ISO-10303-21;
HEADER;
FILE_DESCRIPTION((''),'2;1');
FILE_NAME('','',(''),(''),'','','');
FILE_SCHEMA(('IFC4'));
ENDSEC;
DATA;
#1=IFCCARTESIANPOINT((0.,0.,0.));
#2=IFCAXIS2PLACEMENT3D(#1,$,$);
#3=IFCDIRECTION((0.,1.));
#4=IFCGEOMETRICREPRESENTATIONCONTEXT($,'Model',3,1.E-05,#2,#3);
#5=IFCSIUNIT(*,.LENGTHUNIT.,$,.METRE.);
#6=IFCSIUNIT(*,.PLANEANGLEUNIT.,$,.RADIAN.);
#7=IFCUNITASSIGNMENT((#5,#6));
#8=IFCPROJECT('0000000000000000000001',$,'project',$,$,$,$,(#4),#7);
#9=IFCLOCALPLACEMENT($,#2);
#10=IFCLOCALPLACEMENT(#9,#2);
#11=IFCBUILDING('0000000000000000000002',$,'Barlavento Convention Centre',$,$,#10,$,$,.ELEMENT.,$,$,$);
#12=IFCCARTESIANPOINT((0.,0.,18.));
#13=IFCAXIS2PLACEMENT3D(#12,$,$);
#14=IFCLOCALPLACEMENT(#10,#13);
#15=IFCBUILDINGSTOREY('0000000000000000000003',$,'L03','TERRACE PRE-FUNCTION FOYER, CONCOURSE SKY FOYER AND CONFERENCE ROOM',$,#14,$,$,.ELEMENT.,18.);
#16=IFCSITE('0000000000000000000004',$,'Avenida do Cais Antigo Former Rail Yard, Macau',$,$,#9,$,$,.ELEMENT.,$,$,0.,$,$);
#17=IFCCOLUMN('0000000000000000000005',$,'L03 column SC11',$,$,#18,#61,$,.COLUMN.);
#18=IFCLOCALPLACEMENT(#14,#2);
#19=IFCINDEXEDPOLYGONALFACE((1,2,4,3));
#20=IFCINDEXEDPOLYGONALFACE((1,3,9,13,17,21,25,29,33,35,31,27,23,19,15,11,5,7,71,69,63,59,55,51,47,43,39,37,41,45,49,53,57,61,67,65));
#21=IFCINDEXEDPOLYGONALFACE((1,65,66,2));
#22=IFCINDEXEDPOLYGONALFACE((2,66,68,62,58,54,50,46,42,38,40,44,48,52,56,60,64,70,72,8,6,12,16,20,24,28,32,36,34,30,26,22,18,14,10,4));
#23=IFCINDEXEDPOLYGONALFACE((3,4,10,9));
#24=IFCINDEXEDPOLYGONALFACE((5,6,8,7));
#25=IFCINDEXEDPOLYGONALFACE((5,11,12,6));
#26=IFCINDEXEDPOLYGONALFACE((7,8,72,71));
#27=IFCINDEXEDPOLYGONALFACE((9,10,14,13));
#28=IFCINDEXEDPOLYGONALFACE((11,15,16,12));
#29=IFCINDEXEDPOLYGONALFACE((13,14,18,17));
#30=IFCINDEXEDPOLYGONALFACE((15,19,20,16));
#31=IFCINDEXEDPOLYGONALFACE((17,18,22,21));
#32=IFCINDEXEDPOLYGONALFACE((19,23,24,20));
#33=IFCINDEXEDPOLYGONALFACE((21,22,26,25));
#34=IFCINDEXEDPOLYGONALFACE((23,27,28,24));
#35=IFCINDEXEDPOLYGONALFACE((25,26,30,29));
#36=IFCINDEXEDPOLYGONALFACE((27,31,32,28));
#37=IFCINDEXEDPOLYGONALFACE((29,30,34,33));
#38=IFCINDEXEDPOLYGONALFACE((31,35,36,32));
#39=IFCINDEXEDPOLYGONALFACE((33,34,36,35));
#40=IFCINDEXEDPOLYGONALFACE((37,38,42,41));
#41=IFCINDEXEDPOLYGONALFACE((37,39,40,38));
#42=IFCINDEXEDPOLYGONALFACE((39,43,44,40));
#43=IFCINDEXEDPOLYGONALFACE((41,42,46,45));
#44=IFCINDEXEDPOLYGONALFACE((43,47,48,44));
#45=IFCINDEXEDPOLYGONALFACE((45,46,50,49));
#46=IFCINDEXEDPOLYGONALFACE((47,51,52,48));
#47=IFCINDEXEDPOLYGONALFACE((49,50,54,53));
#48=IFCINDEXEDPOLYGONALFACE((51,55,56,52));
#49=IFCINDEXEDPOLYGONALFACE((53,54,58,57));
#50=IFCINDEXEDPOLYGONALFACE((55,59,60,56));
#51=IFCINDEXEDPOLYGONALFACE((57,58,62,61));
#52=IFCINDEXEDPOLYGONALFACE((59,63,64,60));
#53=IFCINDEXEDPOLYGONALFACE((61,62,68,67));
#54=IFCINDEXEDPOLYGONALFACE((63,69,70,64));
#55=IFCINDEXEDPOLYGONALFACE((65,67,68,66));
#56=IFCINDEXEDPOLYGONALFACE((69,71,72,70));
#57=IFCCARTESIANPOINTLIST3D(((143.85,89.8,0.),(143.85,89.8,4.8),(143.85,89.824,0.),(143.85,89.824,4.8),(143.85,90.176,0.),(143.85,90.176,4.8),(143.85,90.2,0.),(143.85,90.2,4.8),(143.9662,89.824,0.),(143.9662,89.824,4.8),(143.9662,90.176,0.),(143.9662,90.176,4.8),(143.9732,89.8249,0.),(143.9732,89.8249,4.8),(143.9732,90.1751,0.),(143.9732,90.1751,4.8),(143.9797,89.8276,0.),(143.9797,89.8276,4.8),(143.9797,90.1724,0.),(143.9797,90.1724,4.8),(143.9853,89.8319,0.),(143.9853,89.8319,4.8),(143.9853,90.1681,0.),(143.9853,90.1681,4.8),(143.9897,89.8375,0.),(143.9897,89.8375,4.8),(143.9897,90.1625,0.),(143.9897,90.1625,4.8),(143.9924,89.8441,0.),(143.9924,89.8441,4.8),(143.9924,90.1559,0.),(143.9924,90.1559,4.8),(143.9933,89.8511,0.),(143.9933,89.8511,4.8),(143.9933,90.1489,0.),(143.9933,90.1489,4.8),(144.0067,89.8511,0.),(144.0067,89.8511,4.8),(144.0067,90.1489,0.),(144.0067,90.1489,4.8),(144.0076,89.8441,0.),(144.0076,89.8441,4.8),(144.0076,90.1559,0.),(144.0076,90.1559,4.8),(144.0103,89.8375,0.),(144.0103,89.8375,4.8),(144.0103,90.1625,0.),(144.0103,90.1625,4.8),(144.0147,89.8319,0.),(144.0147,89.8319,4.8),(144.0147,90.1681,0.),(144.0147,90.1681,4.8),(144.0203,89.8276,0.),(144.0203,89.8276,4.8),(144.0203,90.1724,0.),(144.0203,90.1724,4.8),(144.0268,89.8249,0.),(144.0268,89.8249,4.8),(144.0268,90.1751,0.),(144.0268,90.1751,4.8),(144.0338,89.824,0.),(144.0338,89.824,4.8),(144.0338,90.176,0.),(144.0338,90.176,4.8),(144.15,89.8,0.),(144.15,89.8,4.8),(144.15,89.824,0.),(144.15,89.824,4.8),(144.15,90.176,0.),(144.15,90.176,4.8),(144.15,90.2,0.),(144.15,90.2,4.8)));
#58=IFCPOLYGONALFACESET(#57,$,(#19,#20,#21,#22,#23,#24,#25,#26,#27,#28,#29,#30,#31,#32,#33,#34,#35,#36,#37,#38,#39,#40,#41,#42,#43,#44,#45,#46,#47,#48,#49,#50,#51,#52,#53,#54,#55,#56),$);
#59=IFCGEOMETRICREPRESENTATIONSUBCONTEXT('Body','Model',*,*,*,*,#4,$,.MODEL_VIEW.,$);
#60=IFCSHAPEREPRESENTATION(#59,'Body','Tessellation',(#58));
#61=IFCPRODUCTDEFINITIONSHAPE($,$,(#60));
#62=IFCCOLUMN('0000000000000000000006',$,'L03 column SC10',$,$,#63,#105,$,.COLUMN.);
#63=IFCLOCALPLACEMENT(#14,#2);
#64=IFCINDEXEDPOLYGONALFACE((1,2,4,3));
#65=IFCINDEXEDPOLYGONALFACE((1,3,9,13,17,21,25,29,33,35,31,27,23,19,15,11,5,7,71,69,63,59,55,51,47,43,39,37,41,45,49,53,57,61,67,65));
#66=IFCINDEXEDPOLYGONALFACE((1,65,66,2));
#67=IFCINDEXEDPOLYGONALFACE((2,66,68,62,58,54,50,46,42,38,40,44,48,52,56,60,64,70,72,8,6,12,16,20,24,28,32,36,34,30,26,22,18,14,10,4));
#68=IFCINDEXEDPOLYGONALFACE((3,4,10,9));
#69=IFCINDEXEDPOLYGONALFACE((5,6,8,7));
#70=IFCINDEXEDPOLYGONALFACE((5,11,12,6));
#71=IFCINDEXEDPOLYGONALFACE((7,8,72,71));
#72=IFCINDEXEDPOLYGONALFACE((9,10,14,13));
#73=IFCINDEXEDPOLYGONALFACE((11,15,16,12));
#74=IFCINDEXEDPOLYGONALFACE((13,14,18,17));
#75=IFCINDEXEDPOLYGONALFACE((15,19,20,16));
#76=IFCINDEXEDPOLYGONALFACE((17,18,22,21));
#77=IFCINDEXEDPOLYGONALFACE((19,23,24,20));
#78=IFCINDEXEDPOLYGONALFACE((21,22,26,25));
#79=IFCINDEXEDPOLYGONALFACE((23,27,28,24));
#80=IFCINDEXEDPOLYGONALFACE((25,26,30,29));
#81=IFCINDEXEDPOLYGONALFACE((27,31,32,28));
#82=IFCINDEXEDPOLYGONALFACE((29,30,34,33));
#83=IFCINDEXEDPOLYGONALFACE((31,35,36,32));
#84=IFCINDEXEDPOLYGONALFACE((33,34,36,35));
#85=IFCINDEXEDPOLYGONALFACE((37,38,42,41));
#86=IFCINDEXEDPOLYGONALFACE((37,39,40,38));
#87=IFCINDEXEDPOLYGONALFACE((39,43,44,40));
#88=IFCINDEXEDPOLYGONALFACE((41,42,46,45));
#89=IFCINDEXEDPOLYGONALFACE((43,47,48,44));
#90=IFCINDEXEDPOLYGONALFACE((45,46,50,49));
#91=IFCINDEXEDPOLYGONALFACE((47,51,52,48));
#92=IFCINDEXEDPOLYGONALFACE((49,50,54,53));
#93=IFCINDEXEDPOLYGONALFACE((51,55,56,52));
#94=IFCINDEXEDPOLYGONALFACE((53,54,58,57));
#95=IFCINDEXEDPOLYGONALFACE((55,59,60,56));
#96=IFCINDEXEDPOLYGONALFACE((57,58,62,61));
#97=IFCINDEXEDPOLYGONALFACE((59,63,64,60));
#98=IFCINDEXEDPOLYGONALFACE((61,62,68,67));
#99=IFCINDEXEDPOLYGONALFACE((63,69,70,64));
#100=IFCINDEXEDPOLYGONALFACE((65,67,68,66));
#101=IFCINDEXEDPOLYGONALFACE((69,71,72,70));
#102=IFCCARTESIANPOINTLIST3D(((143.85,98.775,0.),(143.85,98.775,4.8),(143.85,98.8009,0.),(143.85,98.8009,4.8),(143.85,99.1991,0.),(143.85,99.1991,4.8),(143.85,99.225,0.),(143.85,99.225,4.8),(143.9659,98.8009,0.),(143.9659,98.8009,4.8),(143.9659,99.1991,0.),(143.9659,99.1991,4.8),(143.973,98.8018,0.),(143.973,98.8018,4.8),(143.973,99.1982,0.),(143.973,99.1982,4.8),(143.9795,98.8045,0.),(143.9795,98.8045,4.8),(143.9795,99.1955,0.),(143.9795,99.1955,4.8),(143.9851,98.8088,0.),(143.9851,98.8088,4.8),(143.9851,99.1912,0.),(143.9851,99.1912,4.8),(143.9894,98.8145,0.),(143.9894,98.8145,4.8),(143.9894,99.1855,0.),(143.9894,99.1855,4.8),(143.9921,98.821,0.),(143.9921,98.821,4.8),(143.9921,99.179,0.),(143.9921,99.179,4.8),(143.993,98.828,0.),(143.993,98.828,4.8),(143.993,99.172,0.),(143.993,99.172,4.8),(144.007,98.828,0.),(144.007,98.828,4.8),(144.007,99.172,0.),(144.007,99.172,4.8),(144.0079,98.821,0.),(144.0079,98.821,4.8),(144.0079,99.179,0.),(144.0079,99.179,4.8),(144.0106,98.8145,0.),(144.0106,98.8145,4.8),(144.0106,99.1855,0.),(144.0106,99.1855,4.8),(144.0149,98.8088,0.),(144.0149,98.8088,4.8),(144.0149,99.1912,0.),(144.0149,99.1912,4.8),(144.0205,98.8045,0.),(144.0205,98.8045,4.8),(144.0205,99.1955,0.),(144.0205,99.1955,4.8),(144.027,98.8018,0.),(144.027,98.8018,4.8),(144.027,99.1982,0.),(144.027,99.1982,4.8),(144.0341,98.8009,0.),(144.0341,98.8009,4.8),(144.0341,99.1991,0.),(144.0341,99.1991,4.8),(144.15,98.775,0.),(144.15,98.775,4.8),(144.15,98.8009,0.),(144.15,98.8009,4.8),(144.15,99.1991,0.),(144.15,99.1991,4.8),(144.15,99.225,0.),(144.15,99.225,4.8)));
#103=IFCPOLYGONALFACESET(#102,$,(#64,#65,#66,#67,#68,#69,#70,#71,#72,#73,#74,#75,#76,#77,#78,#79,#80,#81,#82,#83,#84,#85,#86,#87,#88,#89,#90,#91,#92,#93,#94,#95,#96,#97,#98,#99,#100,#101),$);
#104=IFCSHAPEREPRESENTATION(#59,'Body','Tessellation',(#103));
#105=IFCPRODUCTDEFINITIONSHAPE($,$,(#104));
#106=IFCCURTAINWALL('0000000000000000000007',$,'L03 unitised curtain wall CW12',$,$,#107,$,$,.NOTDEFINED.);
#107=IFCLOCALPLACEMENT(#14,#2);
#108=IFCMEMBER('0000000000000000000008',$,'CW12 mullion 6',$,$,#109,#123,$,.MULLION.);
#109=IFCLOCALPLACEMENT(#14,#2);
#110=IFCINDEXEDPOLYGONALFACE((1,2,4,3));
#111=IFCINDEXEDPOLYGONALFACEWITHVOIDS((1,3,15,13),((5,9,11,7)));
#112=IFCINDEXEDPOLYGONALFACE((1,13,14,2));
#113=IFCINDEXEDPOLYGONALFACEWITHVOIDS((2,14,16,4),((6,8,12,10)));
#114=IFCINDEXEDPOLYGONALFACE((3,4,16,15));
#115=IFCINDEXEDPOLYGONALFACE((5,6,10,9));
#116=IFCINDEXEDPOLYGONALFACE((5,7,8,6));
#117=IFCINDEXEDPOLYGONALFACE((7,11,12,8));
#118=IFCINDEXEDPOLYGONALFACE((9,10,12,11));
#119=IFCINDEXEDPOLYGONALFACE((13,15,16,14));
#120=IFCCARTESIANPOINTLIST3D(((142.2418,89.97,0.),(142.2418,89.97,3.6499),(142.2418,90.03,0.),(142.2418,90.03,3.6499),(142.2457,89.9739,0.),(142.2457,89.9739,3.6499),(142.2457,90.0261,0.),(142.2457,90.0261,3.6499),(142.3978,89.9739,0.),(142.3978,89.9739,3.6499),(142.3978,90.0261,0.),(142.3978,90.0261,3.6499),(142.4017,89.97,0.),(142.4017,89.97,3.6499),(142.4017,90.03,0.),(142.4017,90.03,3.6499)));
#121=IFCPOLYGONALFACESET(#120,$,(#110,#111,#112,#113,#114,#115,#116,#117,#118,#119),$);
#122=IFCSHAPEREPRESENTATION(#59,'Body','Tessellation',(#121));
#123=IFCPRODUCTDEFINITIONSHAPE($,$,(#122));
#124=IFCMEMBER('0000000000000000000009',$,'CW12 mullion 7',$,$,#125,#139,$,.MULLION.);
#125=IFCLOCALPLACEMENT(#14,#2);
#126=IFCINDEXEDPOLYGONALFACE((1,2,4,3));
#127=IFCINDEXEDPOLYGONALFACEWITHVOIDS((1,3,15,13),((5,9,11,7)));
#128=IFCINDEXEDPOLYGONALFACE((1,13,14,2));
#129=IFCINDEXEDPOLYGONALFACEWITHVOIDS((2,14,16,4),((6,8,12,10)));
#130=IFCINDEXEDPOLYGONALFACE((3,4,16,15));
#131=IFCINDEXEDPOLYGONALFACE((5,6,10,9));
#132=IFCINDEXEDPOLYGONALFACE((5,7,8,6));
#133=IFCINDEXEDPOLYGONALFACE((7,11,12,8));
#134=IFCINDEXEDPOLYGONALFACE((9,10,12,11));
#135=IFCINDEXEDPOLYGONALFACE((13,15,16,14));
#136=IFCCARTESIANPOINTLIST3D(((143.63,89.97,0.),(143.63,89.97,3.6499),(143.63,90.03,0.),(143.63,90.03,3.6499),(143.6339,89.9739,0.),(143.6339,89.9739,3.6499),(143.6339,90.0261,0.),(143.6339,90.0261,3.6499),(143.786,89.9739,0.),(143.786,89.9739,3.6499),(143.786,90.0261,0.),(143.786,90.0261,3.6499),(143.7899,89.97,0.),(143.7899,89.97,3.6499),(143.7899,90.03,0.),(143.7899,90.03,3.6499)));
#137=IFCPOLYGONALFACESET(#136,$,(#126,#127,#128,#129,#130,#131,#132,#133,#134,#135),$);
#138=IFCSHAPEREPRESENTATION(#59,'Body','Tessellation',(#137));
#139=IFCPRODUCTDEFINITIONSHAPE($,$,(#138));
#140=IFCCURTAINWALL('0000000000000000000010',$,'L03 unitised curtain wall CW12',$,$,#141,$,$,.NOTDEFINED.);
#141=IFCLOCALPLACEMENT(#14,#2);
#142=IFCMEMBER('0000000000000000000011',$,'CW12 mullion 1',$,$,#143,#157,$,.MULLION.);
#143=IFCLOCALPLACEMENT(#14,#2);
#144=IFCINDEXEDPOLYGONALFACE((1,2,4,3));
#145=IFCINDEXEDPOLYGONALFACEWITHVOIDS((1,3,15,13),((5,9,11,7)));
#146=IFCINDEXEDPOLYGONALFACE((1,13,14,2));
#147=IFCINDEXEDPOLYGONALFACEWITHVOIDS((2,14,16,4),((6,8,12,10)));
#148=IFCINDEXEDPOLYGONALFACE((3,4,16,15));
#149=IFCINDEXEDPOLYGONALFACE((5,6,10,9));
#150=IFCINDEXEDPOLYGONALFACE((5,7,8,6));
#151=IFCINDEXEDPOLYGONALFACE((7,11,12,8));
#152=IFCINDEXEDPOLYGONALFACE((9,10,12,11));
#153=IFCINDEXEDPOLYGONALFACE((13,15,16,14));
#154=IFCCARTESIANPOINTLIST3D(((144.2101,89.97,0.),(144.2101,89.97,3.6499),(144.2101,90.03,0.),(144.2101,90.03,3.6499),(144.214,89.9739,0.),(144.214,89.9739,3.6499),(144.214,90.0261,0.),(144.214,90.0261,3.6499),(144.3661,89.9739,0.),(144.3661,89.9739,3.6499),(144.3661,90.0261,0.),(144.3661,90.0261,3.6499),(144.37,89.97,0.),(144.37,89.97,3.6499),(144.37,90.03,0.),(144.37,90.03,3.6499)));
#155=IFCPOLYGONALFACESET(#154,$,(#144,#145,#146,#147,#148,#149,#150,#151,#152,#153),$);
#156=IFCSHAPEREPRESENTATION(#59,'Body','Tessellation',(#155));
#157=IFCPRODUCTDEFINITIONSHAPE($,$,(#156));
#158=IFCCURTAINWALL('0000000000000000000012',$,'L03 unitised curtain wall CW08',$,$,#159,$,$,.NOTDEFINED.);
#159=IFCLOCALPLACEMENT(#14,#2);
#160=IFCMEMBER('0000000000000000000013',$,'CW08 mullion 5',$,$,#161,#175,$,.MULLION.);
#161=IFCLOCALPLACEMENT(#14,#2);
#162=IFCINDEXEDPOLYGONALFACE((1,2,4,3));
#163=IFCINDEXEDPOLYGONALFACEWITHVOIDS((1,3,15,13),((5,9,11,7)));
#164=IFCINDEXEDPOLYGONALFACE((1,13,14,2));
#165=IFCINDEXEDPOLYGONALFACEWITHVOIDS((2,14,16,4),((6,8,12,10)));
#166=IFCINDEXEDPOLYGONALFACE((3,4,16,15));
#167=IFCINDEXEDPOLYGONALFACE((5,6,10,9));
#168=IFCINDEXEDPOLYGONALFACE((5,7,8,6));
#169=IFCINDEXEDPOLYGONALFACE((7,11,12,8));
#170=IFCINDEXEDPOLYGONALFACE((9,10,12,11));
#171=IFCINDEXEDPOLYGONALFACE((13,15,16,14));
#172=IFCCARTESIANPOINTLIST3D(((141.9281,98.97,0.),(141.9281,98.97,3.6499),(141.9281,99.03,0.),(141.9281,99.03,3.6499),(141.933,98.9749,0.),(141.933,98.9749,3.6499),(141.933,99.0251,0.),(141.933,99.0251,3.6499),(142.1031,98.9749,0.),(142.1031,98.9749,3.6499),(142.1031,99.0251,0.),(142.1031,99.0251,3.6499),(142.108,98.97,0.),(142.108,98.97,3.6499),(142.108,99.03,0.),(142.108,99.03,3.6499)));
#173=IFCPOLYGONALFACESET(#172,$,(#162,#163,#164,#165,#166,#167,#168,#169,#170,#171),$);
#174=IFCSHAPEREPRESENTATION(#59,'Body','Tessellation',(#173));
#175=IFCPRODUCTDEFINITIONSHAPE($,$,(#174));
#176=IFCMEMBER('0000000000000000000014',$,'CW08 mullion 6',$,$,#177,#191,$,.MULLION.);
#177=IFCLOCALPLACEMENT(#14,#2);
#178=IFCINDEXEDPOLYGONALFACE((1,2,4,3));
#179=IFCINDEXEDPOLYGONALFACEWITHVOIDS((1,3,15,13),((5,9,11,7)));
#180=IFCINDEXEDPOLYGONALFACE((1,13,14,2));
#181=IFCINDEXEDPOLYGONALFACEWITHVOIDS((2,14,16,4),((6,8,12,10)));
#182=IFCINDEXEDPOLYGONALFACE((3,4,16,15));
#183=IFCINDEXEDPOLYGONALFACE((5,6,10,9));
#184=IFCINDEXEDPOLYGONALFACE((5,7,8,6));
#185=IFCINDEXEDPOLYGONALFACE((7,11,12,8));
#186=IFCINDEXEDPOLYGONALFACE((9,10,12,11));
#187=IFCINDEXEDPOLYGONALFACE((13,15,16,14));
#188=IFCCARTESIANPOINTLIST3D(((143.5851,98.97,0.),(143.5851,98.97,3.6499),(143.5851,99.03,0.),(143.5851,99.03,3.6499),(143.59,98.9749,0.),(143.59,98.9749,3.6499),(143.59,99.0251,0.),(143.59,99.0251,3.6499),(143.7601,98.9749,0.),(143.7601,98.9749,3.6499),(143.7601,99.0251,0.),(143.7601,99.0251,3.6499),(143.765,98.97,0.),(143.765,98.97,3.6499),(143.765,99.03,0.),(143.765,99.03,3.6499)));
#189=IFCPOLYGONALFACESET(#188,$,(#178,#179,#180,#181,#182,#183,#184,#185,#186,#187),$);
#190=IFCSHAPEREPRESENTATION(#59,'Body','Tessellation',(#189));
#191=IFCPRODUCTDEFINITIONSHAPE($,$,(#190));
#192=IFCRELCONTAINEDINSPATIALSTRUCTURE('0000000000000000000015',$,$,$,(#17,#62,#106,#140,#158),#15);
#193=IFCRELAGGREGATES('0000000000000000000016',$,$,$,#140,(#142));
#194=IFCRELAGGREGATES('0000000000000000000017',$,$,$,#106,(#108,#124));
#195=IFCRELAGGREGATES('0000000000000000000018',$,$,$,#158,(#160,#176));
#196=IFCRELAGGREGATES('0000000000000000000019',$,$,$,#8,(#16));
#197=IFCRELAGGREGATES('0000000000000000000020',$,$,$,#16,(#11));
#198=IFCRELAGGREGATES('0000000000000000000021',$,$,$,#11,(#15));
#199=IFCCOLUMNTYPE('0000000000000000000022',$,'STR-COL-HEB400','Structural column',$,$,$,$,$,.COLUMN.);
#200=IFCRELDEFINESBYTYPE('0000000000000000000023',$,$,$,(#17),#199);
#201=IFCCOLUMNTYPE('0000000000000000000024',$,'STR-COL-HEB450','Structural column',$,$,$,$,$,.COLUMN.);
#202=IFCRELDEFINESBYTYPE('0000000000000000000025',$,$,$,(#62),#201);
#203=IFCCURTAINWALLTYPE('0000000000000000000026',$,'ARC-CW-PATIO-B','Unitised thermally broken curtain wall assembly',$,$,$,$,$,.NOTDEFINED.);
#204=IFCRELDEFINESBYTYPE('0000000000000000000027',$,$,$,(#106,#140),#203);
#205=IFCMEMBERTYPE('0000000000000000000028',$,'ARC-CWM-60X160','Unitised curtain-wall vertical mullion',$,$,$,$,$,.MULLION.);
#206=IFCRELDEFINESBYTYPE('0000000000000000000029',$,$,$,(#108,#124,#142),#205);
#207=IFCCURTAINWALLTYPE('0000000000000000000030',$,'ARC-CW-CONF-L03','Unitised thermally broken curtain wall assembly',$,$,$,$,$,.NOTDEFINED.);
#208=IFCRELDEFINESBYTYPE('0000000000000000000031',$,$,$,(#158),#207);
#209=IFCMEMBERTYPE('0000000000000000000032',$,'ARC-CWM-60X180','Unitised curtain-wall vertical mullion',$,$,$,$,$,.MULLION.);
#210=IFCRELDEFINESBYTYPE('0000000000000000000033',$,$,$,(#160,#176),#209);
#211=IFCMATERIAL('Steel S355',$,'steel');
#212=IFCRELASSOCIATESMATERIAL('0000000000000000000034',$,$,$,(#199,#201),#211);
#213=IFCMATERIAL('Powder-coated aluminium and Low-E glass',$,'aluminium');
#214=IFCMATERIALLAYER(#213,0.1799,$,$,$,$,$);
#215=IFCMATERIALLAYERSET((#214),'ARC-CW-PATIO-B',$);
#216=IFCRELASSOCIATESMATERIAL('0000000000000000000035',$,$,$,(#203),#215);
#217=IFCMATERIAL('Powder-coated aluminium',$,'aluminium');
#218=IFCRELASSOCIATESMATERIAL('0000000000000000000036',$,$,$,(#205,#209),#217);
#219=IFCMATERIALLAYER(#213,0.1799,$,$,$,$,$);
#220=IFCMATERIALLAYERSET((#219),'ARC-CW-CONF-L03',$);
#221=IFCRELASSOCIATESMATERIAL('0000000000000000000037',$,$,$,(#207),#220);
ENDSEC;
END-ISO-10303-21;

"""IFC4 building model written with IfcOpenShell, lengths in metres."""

from ifc_helpers import new_model, si_unit, direction, frame, origin, origin_2d, place, context, subcontext, project, spatial, hollow_rectangle, i_section, extrude, material, layer, layer_set, material_profile, profile_set, type_object, element, aggregate, save


model = new_model("IFC4")

# Units and contexts
model_context = context("Model", 3, precision=1e-05, world=origin(), true_north=direction((0.0, 1.0)))
body_context = subcontext(model_context, "Body", "Model", "MODEL_VIEW")
ifc_project = project(units=[si_unit("LENGTHUNIT", "METRE"), si_unit("PLANEANGLEUNIT", "RADIAN")], contexts=[model_context])

# Site, building, storey
site_placement = place(None, origin())
site = spatial("IfcSite", under=ifc_project, at=site_placement, Name="Avenida do Cais Antigo Former Rail Yard, Macau", CompositionType="ELEMENT", RefElevation=0.0)
building_placement = place(site_placement, origin())
building = spatial("IfcBuilding", under=site, at=building_placement, Name="Barlavento Convention Centre", CompositionType="ELEMENT")
storey_placement = place(building_placement, frame((0.0, 0.0, 18.0)))
storey = spatial("IfcBuildingStorey", under=building, at=storey_placement, Name="L03", Description="TERRACE PRE-FUNCTION FOYER, CONCOURSE SKY FOYER AND CONFERENCE ROOM", CompositionType="ELEMENT", Elevation=18.0)

# Columns
ifc_material_1 = material(Name="Steel S355", Category="steel")
ifc_material_profile_1 = material_profile(ifc_material_1, i_section(OverallWidth=0.3, OverallDepth=0.3999, WebThickness=0.0134, FlangeThickness=0.0239, FilletRadius=0.0271, at=origin_2d()), Name="HEB 400")
ifc_profile_set_1 = profile_set([ifc_material_profile_1], Name="Steel S355")
column_type_1 = type_object("IfcColumnType", Name="STR-COL-HEB400", Description="Structural column", PredefinedType="COLUMN", material=ifc_profile_set_1)
column_1_placement = place(storey_placement, frame((144.0, 90.0, 0.0), z_axis=(0.0, 0.0, 1.0), x_axis=(1.0, 0.0, 0.0)))
element("IfcColumn", 1, at=column_1_placement, inside=storey, type_object=column_type_1, Name="L03 column SC11", PredefinedType="COLUMN", context=body_context, shape_type="SweptSolid", body=[
    extrude(i_section(OverallWidth=0.3, OverallDepth=0.3999, WebThickness=0.0134, FlangeThickness=0.0239, FilletRadius=0.0271, at=origin_2d()), origin(), (0.0, 0.0, 1.0), 4.8),
])
ifc_material_profile_2 = material_profile(ifc_material_1, i_section(OverallWidth=0.3, OverallDepth=0.45, WebThickness=0.0139, FlangeThickness=0.0259, FilletRadius=0.0271, at=origin_2d()), Name="HEB 450")
ifc_profile_set_2 = profile_set([ifc_material_profile_2], Name="Steel S355")
column_type_2 = type_object("IfcColumnType", Name="STR-COL-HEB450", Description="Structural column", PredefinedType="COLUMN", material=ifc_profile_set_2)
column_2_placement = place(storey_placement, frame((144.0, 99.0, 0.0), z_axis=(0.0, 0.0, 1.0), x_axis=(1.0, 0.0, 0.0)))
element("IfcColumn", 2, at=column_2_placement, inside=storey, type_object=column_type_2, Name="L03 column SC10", PredefinedType="COLUMN", context=body_context, shape_type="SweptSolid", body=[
    extrude(i_section(OverallWidth=0.3, OverallDepth=0.45, WebThickness=0.0139, FlangeThickness=0.0259, FilletRadius=0.0271, at=origin_2d()), origin(), (0.0, 0.0, 1.0), 4.8),
])

# Curtain wall, members
ifc_material_2 = material(Name="Powder-coated aluminium and Low-E glass", Category="aluminium")
ifc_layer_1 = layer(ifc_material_2, 0.1799)
ifc_layer_set_1 = layer_set([ifc_layer_1], Name="ARC-CW-PATIO-B")
curtain_wall_type_1 = type_object("IfcCurtainWallType", Name="ARC-CW-PATIO-B", Description="Unitised thermally broken curtain wall assembly", PredefinedType="NOTDEFINED", material=ifc_layer_set_1)
curtain_wall_1_placement = place(storey_placement, origin())
curtain_wall_1 = element("IfcCurtainWall", 3, at=curtain_wall_1_placement, inside=storey, type_object=curtain_wall_type_1, Name="L03 unitised curtain wall CW12", PredefinedType="NOTDEFINED")
ifc_material_3 = material(Name="Powder-coated aluminium", Category="aluminium")
ifc_material_profile_3 = material_profile(ifc_material_3, hollow_rectangle(XDim=0.0601, YDim=0.1599, WallThickness=0.0039, at=origin_2d()), Name="AL-MULL 60x160x4")
ifc_profile_set_3 = profile_set([ifc_material_profile_3], Name="Powder-coated aluminium")
member_type_1 = type_object("IfcMemberType", Name="ARC-CWM-60X160", Description="Unitised curtain-wall vertical mullion", PredefinedType="MULLION", material=ifc_profile_set_3)
member_1_placement = place(storey_placement, frame((142.3218, 90.0, 0.0), z_axis=(0.0, 0.0, 1.0), x_axis=(0.0, 1.0, 0.0)))
member_1 = element("IfcMember", 4, at=member_1_placement, type_object=member_type_1, Name="CW12 mullion 6", PredefinedType="MULLION", context=body_context, shape_type="SweptSolid", body=[
    extrude(hollow_rectangle(XDim=0.0601, YDim=0.1599, WallThickness=0.0039, at=origin_2d()), origin(), (0.0, 0.0, 1.0), 3.6499),
])
member_2_placement = place(storey_placement, frame((143.71, 90.0, 0.0), z_axis=(0.0, 0.0, 1.0), x_axis=(0.0, 1.0, 0.0)))
member_2 = element("IfcMember", 5, at=member_2_placement, type_object=member_type_1, Name="CW12 mullion 7", PredefinedType="MULLION", context=body_context, shape_type="SweptSolid", body=[
    extrude(hollow_rectangle(XDim=0.0601, YDim=0.1599, WallThickness=0.0039, at=origin_2d()), origin(), (0.0, 0.0, 1.0), 3.6499),
])

# Curtain wall, member
curtain_wall_2_placement = place(storey_placement, origin())
curtain_wall_2 = element("IfcCurtainWall", 6, at=curtain_wall_2_placement, inside=storey, type_object=curtain_wall_type_1, Name="L03 unitised curtain wall CW12", PredefinedType="NOTDEFINED")
member_3_placement = place(storey_placement, frame((144.29, 90.0, 0.0), z_axis=(0.0, 0.0, 1.0), x_axis=(0.0, 1.0, 0.0)))
member_3 = element("IfcMember", 7, at=member_3_placement, type_object=member_type_1, Name="CW12 mullion 1", PredefinedType="MULLION", context=body_context, shape_type="SweptSolid", body=[
    extrude(hollow_rectangle(XDim=0.0601, YDim=0.1599, WallThickness=0.0039, at=origin_2d()), origin(), (0.0, 0.0, 1.0), 3.6499),
])

# Curtain wall, members
ifc_layer_2 = layer(ifc_material_2, 0.1799)
ifc_layer_set_2 = layer_set([ifc_layer_2], Name="ARC-CW-CONF-L03")
curtain_wall_type_2 = type_object("IfcCurtainWallType", Name="ARC-CW-CONF-L03", Description="Unitised thermally broken curtain wall assembly", PredefinedType="NOTDEFINED", material=ifc_layer_set_2)
curtain_wall_3_placement = place(storey_placement, origin())
curtain_wall_3 = element("IfcCurtainWall", 8, at=curtain_wall_3_placement, inside=storey, type_object=curtain_wall_type_2, Name="L03 unitised curtain wall CW08", PredefinedType="NOTDEFINED")
ifc_material_profile_4 = material_profile(ifc_material_3, hollow_rectangle(XDim=0.0601, YDim=0.1799, WallThickness=0.0049, at=origin_2d()), Name="AL-MULL 60x180x5")
ifc_profile_set_4 = profile_set([ifc_material_profile_4], Name="Powder-coated aluminium")
member_type_2 = type_object("IfcMemberType", Name="ARC-CWM-60X180", Description="Unitised curtain-wall vertical mullion", PredefinedType="MULLION", material=ifc_profile_set_4)
member_4_placement = place(storey_placement, frame((142.0181, 99.0, 0.0), z_axis=(0.0, 0.0, 1.0), x_axis=(0.0, 1.0, 0.0)))
member_4 = element("IfcMember", 9, at=member_4_placement, type_object=member_type_2, Name="CW08 mullion 5", PredefinedType="MULLION", context=body_context, shape_type="SweptSolid", body=[
    extrude(hollow_rectangle(XDim=0.0601, YDim=0.1799, WallThickness=0.0049, at=origin_2d()), origin(), (0.0, 0.0, 1.0), 3.6499),
])
member_5_placement = place(storey_placement, frame((143.675, 99.0, 0.0), z_axis=(0.0, 0.0, 1.0), x_axis=(0.0, 1.0, 0.0)))
member_5 = element("IfcMember", 10, at=member_5_placement, type_object=member_type_2, Name="CW08 mullion 6", PredefinedType="MULLION", context=body_context, shape_type="SweptSolid", body=[
    extrude(hollow_rectangle(XDim=0.0601, YDim=0.1799, WallThickness=0.0049, at=origin_2d()), origin(), (0.0, 0.0, 1.0), 3.6499),
])

aggregate(curtain_wall_2, [member_3])

aggregate(curtain_wall_1, [member_1, member_2])
aggregate(curtain_wall_3, [member_4, member_5])

save(model, "model.ifc")
